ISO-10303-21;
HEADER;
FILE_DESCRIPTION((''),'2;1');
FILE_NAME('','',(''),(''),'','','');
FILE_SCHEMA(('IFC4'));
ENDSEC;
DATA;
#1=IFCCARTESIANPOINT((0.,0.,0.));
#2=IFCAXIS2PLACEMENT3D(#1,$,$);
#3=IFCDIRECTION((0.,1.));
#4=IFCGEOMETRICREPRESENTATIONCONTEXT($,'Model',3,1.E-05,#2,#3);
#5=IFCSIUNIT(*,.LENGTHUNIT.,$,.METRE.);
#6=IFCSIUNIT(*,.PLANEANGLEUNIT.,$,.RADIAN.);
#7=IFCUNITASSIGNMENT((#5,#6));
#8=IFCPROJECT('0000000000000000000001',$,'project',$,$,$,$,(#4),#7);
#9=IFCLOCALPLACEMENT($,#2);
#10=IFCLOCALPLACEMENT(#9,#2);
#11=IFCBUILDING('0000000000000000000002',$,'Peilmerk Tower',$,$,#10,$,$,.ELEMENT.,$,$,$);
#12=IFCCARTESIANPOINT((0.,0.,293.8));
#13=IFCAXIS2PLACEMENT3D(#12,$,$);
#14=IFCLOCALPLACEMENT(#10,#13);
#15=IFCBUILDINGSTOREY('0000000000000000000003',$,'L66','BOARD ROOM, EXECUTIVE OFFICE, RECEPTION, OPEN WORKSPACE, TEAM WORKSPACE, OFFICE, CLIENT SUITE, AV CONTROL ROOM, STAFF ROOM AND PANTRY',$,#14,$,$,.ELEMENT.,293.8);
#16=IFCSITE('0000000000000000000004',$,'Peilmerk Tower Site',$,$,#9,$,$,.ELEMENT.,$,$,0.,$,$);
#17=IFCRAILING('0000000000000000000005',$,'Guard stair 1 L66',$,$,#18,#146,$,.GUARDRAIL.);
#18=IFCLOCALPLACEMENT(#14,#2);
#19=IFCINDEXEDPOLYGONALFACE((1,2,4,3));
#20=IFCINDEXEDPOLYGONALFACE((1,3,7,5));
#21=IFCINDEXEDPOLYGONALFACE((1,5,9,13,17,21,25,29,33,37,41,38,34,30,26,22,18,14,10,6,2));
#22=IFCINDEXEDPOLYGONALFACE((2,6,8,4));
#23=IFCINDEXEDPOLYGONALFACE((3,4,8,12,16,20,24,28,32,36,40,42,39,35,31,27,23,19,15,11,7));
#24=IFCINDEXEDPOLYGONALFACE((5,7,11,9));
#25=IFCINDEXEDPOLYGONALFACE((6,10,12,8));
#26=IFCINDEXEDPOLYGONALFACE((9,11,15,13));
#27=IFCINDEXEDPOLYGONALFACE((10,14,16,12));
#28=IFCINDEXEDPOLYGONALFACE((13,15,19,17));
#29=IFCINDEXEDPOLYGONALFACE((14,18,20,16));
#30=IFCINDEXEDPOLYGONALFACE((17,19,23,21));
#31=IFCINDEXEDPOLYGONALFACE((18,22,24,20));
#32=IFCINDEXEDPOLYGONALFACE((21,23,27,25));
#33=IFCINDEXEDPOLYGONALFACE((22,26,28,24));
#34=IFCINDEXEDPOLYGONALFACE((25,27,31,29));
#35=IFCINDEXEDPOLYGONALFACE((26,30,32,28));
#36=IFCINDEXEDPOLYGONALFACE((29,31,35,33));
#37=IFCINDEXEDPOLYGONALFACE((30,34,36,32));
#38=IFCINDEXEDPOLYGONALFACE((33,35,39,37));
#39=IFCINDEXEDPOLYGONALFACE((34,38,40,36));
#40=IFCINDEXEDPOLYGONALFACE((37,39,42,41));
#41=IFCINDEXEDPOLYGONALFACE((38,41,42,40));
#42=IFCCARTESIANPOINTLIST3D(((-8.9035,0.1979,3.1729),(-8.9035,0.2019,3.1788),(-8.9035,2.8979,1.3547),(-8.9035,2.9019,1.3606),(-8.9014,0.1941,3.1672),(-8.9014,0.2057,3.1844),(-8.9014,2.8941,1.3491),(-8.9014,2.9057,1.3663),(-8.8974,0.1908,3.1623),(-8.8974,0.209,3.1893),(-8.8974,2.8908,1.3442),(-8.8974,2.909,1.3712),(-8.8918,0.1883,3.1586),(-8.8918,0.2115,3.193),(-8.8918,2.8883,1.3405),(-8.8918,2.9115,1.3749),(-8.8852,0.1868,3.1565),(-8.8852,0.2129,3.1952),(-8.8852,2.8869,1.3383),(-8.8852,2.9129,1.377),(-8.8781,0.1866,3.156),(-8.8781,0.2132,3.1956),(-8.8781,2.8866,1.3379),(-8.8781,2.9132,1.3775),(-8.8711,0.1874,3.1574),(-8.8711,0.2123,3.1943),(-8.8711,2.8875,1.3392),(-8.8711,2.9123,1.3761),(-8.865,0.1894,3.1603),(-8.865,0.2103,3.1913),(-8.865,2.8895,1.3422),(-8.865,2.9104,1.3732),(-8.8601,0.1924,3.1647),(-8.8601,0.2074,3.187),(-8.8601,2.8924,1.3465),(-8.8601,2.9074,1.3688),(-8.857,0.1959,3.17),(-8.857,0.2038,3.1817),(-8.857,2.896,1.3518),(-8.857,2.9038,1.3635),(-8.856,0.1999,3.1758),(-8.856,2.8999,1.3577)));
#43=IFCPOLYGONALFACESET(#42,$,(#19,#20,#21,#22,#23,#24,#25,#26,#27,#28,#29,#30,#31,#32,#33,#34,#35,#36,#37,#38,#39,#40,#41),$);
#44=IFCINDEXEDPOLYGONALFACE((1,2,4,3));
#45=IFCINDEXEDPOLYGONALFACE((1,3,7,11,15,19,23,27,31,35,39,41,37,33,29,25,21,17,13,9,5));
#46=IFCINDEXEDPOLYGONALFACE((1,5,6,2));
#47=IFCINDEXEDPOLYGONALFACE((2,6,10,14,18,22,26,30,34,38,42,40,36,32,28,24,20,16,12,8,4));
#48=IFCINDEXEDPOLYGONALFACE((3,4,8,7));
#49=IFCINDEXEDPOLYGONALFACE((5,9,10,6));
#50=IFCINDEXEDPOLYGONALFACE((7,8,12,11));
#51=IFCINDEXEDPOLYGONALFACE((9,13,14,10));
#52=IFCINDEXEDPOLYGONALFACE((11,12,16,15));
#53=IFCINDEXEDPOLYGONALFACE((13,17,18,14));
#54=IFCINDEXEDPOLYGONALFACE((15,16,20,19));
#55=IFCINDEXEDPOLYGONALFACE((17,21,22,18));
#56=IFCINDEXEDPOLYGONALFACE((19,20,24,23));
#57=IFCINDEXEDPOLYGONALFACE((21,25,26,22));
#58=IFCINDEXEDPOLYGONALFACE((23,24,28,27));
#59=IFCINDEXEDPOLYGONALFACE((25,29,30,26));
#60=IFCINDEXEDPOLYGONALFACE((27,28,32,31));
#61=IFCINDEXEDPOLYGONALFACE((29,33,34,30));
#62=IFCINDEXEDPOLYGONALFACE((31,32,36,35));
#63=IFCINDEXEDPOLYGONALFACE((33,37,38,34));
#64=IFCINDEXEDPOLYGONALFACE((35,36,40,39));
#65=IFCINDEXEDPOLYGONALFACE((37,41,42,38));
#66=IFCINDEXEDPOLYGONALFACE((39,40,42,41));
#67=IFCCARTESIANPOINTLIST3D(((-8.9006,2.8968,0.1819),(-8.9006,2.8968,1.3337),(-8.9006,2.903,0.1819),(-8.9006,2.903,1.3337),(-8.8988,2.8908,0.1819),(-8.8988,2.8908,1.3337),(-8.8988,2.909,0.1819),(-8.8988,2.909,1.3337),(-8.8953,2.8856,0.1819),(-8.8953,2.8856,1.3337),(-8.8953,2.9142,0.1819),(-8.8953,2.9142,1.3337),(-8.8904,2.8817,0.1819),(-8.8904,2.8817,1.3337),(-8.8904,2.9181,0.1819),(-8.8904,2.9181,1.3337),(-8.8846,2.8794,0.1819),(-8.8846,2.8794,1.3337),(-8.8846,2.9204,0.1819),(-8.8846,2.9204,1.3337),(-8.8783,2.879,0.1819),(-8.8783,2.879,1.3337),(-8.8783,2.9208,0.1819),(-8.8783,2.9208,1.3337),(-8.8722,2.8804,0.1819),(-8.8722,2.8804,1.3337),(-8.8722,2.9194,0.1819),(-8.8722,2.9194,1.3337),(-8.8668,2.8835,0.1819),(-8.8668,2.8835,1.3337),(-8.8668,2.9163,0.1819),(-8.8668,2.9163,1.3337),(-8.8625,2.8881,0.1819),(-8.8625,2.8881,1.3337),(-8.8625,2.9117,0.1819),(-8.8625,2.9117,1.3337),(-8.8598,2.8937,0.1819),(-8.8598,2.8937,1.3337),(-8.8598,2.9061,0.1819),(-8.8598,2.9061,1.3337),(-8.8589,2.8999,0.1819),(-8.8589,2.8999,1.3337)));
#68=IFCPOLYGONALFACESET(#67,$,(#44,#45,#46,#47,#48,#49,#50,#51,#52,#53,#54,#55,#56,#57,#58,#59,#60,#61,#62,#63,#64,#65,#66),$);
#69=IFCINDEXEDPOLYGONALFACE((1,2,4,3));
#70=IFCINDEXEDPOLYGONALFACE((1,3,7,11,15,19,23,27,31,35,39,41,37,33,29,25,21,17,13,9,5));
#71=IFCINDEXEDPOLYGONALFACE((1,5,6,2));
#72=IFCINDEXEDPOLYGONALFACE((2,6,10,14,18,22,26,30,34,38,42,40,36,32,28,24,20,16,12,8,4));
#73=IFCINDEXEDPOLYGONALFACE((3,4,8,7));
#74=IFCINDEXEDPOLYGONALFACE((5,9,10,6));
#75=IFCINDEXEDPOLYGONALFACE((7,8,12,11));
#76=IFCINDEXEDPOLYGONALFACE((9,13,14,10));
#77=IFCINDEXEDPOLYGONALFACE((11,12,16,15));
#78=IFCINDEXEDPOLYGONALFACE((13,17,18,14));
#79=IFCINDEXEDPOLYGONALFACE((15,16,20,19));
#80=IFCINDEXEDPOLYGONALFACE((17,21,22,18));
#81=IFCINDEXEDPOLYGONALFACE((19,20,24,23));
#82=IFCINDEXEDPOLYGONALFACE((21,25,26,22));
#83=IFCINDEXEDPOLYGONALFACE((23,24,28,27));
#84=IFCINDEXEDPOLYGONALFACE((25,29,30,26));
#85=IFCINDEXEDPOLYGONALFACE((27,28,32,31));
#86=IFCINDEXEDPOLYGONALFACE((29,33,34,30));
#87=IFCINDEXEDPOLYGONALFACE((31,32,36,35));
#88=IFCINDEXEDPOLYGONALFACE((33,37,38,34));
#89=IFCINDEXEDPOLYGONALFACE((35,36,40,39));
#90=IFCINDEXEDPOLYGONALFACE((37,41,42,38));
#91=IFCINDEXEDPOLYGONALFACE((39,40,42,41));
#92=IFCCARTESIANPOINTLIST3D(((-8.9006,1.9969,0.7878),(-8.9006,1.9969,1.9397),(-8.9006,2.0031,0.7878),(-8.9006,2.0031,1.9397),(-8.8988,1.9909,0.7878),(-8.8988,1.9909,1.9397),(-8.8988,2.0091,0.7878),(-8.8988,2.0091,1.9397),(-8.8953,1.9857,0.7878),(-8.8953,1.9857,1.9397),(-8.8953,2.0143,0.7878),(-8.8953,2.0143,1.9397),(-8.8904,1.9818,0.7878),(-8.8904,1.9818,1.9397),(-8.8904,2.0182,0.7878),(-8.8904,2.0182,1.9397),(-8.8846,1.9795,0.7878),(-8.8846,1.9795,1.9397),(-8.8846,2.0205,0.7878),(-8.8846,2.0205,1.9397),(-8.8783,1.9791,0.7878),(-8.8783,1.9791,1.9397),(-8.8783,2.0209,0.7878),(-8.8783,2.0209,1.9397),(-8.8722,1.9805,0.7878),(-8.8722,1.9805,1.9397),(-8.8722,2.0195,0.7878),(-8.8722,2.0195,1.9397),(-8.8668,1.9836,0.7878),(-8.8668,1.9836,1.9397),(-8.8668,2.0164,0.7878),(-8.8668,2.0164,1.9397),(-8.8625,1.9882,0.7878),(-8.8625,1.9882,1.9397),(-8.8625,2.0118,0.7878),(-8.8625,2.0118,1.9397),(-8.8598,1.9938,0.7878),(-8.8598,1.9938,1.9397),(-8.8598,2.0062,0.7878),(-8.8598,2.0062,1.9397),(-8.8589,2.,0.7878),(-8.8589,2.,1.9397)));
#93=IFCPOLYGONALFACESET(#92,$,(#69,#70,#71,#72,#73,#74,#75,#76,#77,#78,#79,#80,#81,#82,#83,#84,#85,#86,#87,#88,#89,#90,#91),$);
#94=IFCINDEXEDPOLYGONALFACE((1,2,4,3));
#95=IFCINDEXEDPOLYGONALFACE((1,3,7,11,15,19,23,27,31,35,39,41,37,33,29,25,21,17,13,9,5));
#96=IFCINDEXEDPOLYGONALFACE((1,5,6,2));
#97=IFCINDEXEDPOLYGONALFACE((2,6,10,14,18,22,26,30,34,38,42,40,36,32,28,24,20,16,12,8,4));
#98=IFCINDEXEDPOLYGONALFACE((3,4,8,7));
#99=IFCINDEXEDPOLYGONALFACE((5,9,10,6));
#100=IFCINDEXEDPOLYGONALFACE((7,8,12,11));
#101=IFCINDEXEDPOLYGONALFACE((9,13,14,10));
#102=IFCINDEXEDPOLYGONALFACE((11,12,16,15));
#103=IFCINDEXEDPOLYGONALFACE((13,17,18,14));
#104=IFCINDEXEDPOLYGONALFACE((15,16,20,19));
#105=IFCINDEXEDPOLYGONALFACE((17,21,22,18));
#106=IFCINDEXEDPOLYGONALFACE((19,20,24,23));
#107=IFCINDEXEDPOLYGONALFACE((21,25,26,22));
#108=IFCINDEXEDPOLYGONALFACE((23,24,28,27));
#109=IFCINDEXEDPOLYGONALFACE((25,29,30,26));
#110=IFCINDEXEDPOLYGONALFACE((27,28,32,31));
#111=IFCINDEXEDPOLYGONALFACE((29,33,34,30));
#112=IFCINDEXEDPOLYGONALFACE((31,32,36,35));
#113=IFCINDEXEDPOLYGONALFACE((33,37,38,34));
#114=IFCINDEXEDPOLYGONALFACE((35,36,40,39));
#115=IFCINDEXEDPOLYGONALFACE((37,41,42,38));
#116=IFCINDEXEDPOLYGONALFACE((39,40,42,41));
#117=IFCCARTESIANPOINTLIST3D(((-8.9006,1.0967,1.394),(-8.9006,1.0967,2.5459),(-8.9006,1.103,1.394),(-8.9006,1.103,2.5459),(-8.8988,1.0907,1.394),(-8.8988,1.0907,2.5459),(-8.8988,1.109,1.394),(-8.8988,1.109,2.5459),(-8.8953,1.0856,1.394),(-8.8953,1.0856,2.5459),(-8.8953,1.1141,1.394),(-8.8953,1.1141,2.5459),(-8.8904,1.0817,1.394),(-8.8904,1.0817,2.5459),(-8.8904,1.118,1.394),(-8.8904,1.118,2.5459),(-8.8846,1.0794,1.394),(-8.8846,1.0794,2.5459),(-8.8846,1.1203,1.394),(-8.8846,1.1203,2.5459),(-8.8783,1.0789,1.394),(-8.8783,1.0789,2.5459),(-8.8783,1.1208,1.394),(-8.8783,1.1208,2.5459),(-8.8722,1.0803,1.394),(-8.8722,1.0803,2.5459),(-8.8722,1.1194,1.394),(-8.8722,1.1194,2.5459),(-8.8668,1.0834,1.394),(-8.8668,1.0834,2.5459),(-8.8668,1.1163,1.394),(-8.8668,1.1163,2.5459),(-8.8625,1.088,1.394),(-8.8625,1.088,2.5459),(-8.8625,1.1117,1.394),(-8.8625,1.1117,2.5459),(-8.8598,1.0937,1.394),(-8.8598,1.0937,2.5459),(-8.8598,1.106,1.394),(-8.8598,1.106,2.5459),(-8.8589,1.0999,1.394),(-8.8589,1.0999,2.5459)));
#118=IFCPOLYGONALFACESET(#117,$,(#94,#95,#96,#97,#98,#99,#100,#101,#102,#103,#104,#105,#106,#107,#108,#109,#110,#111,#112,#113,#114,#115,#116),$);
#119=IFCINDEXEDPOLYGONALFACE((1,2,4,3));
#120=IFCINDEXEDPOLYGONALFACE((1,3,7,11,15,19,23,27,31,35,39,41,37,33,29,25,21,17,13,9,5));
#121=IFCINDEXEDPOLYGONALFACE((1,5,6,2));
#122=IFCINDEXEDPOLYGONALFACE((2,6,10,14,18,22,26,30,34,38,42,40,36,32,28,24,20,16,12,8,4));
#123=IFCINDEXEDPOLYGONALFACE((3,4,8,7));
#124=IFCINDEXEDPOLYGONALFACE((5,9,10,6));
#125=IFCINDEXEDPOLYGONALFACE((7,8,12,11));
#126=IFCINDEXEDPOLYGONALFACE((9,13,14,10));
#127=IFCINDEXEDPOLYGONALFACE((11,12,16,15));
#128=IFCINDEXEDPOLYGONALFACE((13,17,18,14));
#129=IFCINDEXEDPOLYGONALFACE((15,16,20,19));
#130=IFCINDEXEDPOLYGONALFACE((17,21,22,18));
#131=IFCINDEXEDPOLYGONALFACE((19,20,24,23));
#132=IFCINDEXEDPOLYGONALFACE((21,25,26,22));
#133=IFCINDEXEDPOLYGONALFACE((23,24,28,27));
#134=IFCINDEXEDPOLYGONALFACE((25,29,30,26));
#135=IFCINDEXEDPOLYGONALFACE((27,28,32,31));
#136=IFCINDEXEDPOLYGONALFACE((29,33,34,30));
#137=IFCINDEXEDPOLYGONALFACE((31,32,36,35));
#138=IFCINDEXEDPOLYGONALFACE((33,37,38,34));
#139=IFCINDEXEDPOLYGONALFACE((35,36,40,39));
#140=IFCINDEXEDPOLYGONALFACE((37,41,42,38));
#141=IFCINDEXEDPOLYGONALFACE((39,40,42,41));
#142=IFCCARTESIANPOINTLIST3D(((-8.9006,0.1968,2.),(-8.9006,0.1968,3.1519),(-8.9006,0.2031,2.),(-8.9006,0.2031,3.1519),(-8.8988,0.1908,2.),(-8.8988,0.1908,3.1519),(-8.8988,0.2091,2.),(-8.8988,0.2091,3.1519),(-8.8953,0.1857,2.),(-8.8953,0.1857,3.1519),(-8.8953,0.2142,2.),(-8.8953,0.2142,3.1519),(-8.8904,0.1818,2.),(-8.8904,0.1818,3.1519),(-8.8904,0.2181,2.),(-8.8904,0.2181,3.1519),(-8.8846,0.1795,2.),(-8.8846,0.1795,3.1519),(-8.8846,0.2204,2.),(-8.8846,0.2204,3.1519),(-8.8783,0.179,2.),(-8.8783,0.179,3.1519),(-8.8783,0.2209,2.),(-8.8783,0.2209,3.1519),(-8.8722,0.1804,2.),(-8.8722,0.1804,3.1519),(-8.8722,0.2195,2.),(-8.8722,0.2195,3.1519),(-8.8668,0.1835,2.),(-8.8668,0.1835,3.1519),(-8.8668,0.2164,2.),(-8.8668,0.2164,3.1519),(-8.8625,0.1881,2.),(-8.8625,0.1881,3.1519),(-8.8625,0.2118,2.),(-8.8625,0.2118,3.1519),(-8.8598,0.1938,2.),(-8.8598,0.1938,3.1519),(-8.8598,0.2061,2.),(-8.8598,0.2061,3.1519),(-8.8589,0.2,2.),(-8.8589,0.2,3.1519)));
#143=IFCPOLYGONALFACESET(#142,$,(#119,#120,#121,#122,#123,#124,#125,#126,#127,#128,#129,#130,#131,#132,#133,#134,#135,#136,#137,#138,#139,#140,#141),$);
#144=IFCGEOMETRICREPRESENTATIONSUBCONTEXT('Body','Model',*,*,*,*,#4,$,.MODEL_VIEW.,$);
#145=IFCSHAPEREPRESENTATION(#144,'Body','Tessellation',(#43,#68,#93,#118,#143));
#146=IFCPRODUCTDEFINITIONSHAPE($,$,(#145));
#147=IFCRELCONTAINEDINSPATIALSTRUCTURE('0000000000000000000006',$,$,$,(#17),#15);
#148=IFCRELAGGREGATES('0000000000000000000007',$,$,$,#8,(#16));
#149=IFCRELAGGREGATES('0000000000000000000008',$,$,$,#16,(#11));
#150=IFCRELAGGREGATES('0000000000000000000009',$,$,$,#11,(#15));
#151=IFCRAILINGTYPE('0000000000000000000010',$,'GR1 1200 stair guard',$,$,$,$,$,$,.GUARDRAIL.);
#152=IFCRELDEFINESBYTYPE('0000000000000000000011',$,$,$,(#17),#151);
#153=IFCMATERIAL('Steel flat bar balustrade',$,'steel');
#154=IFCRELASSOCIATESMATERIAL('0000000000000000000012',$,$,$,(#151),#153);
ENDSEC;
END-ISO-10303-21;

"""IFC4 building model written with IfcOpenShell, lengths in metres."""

from ifc_helpers import new_model, si_unit, direction, frame, origin, origin_2d, place, context, subcontext, project, spatial, circle, extrude, material, type_object, element, save


model = new_model("IFC4")

# Units and contexts
model_context = context("Model", 3, precision=1e-05, world=origin(), true_north=direction((0.0, 1.0)))
body_context = subcontext(model_context, "Body", "Model", "MODEL_VIEW")
ifc_project = project(units=[si_unit("LENGTHUNIT", "METRE"), si_unit("PLANEANGLEUNIT", "RADIAN")], contexts=[model_context])

# Site, building, storey
site_placement = place(None, origin())
site = spatial("IfcSite", under=ifc_project, at=site_placement, Name="Peilmerk Tower Site", CompositionType="ELEMENT", RefElevation=0.0)
building_placement = place(site_placement, origin())
building = spatial("IfcBuilding", under=site, at=building_placement, Name="Peilmerk Tower", CompositionType="ELEMENT")
storey_placement = place(building_placement, frame((0.0, 0.0, 293.8)))
storey = spatial("IfcBuildingStorey", under=building, at=storey_placement, Name="L66", Description="BOARD ROOM, EXECUTIVE OFFICE, RECEPTION, OPEN WORKSPACE, TEAM WORKSPACE, OFFICE, CLIENT SUITE, AV CONTROL ROOM, STAFF ROOM AND PANTRY", CompositionType="ELEMENT", Elevation=293.8)

# Railing
ifc_material_1 = material(Name="Steel flat bar balustrade", Category="steel")
railing_type_1 = type_object("IfcRailingType", Name="GR1 1200 stair guard", PredefinedType="GUARDRAIL", material=ifc_material_1)
railing_1_placement = place(storey_placement, frame((-8.8799, 2.8999, 0.1819)))
element("IfcRailing", 1, at=railing_1_placement, inside=storey, type_object=railing_type_1, Name="Guard stair 1 L66", PredefinedType="GUARDRAIL", context=body_context, shape_type="SweptSolid", body=[
    extrude(circle(Radius=0.0239, at=origin_2d()), frame((0.0, 0.0, 1.1758), z_axis=(0.0, -0.829468, 0.558554), x_axis=(1.0, 0.0, 0.0)), (0.0, 0.0, 1.0), 3.2551),
    extrude(circle(Radius=0.021, at=origin_2d()), origin(), (0.0, 0.0, 1.0), 1.1519),
    extrude(circle(Radius=0.021, at=origin_2d()), frame((0.0, -0.8999, 0.606)), (0.0, 0.0, 1.0), 1.1519),
    extrude(circle(Radius=0.021, at=origin_2d()), frame((0.0, -1.8, 1.2122)), (0.0, 0.0, 1.0), 1.1519),
    extrude(circle(Radius=0.021, at=origin_2d()), frame((0.0, -2.7, 1.8181)), (0.0, 0.0, 1.0), 1.1519),
])

save(model, "model.ifc")
